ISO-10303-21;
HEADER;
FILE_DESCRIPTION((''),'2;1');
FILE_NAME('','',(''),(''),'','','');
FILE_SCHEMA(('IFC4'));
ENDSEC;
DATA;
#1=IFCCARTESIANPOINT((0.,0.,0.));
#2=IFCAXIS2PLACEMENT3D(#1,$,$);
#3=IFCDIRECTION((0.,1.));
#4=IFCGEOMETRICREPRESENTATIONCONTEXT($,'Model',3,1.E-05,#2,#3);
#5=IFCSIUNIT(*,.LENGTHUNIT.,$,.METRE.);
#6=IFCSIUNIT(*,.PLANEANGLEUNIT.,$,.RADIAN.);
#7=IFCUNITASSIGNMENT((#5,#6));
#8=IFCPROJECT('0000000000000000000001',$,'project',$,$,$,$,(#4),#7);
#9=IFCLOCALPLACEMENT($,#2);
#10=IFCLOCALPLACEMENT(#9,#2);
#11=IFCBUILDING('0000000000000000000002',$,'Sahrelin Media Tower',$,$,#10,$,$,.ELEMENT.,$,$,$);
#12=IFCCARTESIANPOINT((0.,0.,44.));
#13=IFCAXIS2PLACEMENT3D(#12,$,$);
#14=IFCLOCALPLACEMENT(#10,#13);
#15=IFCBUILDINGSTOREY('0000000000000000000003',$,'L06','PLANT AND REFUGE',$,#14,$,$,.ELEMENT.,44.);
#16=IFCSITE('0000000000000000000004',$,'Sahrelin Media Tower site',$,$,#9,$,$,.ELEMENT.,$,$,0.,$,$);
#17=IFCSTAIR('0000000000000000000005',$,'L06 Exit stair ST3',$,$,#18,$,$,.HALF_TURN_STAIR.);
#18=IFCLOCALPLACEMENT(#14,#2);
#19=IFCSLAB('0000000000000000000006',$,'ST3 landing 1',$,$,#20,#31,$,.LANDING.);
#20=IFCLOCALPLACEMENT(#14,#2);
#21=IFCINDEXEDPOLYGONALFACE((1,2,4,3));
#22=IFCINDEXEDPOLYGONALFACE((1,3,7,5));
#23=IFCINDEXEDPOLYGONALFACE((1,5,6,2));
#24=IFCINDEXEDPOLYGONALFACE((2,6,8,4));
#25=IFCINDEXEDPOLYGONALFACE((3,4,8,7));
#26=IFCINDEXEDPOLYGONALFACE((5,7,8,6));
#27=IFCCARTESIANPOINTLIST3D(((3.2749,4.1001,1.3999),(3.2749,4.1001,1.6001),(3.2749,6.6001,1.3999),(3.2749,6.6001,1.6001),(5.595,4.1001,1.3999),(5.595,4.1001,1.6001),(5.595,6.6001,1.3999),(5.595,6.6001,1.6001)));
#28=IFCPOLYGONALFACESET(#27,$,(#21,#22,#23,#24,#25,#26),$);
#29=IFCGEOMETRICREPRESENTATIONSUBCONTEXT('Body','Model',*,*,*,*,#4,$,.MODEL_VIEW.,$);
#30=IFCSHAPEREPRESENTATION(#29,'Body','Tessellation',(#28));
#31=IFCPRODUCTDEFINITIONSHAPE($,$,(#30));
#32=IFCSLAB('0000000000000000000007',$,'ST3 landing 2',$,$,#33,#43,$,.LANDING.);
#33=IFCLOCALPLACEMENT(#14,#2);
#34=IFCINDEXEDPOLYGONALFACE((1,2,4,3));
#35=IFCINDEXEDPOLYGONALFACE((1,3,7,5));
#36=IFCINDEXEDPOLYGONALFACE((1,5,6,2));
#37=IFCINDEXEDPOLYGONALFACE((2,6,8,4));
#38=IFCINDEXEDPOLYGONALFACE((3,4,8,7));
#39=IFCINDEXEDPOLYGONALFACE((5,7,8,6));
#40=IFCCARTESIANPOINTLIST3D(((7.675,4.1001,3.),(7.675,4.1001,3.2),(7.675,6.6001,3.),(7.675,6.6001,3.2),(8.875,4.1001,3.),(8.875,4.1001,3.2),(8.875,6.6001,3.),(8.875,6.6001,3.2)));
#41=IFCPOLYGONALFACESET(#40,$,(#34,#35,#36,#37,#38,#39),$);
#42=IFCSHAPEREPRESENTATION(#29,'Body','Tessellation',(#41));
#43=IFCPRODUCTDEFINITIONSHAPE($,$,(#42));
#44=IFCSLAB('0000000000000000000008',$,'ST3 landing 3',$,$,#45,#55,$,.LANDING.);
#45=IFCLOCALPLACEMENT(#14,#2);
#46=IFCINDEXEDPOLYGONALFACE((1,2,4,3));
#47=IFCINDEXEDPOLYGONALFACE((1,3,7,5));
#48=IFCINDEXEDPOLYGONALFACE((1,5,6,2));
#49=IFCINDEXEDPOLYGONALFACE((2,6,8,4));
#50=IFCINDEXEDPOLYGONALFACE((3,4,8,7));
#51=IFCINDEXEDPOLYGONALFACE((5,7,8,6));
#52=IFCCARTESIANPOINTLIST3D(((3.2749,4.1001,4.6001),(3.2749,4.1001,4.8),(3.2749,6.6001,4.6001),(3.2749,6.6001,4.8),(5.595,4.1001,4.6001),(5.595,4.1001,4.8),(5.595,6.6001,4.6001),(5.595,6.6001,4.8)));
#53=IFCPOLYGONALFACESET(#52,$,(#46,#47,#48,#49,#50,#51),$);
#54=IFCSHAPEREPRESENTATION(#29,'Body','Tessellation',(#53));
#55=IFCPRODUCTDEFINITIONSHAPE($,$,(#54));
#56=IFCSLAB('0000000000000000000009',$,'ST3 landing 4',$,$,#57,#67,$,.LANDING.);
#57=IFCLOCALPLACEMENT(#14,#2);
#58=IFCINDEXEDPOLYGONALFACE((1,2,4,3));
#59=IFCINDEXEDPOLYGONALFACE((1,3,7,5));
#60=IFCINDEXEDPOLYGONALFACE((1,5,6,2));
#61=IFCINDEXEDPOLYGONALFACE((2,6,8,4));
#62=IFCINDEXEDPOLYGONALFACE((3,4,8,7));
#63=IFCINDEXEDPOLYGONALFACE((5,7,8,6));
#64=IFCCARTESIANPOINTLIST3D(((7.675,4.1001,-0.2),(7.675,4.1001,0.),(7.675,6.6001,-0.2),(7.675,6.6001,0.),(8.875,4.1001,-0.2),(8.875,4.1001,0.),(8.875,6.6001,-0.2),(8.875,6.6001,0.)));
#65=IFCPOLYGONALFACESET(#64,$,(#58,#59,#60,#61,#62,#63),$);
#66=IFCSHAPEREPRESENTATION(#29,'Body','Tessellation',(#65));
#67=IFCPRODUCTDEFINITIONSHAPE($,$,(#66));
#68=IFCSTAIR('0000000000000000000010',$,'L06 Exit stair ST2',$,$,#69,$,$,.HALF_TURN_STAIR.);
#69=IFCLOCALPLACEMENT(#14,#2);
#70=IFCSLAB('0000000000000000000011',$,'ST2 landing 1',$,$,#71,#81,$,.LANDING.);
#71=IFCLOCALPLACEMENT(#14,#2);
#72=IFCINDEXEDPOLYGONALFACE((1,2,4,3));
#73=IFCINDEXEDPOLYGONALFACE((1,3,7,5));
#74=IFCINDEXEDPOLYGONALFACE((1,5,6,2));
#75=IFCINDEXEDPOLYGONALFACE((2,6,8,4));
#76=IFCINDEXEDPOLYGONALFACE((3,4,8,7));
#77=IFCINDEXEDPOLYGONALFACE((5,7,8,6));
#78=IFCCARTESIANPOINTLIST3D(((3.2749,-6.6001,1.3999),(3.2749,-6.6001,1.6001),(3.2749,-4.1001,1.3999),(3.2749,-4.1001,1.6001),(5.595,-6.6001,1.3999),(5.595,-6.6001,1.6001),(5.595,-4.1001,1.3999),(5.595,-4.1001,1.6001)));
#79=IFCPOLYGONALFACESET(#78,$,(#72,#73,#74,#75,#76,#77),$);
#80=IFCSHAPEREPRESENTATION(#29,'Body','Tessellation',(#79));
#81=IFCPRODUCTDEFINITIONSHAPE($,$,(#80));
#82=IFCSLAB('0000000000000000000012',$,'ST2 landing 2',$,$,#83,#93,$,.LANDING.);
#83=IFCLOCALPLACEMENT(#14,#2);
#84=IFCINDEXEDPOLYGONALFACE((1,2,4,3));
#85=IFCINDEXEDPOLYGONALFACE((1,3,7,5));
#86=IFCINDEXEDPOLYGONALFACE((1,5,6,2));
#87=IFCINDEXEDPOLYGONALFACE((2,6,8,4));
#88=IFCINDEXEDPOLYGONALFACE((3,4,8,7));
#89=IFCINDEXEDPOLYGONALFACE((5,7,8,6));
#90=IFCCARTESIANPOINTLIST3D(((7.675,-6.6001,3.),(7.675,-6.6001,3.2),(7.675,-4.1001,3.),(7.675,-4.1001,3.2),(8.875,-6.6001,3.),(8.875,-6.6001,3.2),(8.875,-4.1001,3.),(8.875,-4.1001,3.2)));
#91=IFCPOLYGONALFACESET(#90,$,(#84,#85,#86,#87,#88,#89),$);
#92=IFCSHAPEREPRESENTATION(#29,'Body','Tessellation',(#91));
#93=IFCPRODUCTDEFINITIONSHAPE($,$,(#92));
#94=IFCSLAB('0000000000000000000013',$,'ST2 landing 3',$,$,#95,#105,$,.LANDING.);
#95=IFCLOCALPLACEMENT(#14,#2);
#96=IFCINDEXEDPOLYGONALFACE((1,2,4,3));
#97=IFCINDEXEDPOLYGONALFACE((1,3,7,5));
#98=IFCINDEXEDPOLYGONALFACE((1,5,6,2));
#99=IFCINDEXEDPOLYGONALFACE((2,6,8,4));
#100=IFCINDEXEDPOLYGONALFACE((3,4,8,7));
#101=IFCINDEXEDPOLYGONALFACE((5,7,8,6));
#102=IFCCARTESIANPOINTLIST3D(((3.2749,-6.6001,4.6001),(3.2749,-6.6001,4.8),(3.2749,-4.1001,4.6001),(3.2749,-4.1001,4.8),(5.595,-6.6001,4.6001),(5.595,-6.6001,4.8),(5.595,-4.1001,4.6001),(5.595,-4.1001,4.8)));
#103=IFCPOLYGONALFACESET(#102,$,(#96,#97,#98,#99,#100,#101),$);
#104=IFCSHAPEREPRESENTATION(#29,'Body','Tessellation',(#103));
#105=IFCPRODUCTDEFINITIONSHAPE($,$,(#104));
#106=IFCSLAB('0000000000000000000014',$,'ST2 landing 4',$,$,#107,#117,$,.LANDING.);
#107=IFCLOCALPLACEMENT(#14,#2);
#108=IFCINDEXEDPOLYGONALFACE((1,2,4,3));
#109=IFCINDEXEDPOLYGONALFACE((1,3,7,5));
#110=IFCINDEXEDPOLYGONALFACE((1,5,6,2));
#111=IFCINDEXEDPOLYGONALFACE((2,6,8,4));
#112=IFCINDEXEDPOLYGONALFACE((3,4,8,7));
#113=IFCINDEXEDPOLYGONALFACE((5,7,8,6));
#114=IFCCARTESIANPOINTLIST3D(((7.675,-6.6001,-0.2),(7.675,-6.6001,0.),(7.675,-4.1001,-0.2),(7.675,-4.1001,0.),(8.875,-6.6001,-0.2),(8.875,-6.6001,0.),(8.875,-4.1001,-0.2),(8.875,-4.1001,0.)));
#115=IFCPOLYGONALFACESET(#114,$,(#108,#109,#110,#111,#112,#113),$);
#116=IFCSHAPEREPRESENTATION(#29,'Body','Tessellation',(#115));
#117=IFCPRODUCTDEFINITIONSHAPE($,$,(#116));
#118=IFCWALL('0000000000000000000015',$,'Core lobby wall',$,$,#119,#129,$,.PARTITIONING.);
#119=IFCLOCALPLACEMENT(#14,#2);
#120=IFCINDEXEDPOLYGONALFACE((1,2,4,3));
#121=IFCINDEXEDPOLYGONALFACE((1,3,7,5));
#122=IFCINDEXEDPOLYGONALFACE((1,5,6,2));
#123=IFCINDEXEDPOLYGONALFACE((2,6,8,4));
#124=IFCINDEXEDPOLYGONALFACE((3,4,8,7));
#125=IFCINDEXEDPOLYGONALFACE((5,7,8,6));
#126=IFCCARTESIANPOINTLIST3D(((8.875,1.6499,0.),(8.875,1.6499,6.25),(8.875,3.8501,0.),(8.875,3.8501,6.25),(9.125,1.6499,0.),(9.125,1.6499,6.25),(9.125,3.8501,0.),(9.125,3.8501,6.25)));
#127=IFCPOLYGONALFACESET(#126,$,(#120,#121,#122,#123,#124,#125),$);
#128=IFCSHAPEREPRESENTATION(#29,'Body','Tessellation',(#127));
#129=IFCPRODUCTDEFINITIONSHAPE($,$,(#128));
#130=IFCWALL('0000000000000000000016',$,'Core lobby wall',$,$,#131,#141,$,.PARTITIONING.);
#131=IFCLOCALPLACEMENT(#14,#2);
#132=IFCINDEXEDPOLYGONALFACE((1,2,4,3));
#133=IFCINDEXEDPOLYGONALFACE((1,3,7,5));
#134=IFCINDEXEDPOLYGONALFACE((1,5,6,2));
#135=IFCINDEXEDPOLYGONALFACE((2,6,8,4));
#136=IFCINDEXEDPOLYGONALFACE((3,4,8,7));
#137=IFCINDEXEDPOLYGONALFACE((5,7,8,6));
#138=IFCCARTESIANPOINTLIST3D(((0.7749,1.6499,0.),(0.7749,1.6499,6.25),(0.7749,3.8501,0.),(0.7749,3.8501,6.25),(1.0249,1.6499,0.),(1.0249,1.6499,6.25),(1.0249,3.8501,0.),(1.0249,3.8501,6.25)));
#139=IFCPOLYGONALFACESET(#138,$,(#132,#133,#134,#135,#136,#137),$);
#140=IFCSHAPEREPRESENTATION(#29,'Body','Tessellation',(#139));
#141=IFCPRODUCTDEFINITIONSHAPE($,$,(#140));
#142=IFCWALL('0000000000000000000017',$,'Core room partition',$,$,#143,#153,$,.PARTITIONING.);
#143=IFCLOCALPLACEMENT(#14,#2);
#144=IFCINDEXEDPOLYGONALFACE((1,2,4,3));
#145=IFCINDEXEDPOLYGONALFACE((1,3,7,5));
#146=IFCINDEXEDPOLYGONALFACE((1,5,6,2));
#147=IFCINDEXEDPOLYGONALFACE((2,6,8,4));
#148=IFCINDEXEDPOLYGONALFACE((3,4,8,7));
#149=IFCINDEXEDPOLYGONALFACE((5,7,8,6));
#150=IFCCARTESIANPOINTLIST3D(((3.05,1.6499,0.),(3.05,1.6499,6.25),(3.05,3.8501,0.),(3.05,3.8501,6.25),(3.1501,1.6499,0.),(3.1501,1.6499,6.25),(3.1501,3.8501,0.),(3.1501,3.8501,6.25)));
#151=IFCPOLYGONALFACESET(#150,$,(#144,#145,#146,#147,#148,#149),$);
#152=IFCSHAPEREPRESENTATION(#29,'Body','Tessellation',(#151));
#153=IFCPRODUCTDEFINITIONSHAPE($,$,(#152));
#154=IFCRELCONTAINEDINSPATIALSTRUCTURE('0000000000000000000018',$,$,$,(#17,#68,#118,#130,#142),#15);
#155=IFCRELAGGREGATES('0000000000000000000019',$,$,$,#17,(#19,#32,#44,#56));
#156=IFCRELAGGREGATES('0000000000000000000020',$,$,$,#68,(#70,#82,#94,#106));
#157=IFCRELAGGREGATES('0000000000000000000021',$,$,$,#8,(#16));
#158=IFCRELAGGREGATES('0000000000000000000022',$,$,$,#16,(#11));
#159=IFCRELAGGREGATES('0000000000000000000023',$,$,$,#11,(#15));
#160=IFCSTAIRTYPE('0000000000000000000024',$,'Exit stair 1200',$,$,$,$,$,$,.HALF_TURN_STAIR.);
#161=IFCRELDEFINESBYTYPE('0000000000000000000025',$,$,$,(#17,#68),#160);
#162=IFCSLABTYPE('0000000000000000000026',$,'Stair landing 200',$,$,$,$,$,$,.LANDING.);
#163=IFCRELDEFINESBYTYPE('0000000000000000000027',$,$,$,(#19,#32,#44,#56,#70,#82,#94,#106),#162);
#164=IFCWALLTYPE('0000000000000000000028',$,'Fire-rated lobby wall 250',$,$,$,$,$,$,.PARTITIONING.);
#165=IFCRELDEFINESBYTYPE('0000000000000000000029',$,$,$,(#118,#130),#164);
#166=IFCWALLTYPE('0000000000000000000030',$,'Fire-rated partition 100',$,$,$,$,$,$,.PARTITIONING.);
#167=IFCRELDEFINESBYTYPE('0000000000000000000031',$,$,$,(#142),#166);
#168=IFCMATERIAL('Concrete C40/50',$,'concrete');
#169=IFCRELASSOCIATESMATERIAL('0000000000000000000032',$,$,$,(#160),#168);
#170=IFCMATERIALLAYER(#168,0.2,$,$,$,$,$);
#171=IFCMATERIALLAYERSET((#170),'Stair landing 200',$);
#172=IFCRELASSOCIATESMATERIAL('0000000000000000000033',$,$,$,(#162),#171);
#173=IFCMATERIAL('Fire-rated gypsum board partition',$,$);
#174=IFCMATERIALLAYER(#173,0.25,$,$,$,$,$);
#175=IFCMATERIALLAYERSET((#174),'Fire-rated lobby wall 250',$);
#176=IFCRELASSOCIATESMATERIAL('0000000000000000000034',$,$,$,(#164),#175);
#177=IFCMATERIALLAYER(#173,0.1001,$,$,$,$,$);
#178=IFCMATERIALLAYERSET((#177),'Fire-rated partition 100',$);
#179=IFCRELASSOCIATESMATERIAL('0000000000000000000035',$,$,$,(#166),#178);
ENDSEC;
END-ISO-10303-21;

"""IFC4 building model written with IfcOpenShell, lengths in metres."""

from ifc_helpers import new_model, si_unit, direction, frame, frame_2d, origin, place, context, subcontext, project, spatial, polyline, rectangle, outline, extrude, material, layer, layer_set, type_object, element, aggregate, save


model = new_model("IFC4")

# Units and contexts
model_context = context("Model", 3, precision=1e-05, world=origin(), true_north=direction((0.0, 1.0)))
body_context = subcontext(model_context, "Body", "Model", "MODEL_VIEW")
ifc_project = project(units=[si_unit("LENGTHUNIT", "METRE"), si_unit("PLANEANGLEUNIT", "RADIAN")], contexts=[model_context])

# Site, building, storey
site_placement = place(None, origin())
site = spatial("IfcSite", under=ifc_project, at=site_placement, Name="Sahrelin Media Tower site", CompositionType="ELEMENT", RefElevation=0.0)
building_placement = place(site_placement, origin())
building = spatial("IfcBuilding", under=site, at=building_placement, Name="Sahrelin Media Tower", CompositionType="ELEMENT")
storey_placement = place(building_placement, frame((0.0, 0.0, 44.0)))
storey = spatial("IfcBuildingStorey", under=building, at=storey_placement, Name="L06", Description="PLANT AND REFUGE", CompositionType="ELEMENT", Elevation=44.0)

# Shared definitions
ifc_material_1 = material(Name="Concrete C40/50", Category="concrete")

# Stairs, slabs
stair_type = type_object("IfcStairType", Name="Exit stair 1200", PredefinedType="HALF_TURN_STAIR", material=ifc_material_1)
placement_1 = place(storey_placement, origin())
stair_1 = element("IfcStair", 1, at=placement_1, inside=storey, type_object=stair_type, Name="L06 Exit stair ST3", PredefinedType="HALF_TURN_STAIR")
ifc_layer_1 = layer(ifc_material_1, 0.2)
ifc_layer_set_1 = layer_set([ifc_layer_1], Name="Stair landing 200")
slab_type_1 = type_object("IfcSlabType", Name="Stair landing 200", PredefinedType="LANDING", material=ifc_layer_set_1)
placement_2 = place(storey_placement, frame((0.0, 0.0, 1.3999)))
slab_1 = element("IfcSlab", 2, at=placement_2, type_object=slab_type_1, Name="ST3 landing 1", PredefinedType="LANDING", context=body_context, shape_type="SweptSolid", body=[
    extrude(outline(polyline([(5.595, 6.6001), (3.2749, 6.6001), (3.2749, 4.1001), (5.595, 4.1001), (5.595, 6.6001)])), origin(), (0.0, 0.0, 1.0), 0.2002),
])
placement_3 = place(storey_placement, frame((0.0, 0.0, 3.0)))
slab_2 = element("IfcSlab", 3, at=placement_3, type_object=slab_type_1, Name="ST3 landing 2", PredefinedType="LANDING", context=body_context, shape_type="SweptSolid", body=[
    extrude(outline(polyline([(8.875, 6.6001), (7.675, 6.6001), (7.675, 4.1001), (8.875, 4.1001), (8.875, 6.6001)])), origin(), (0.0, 0.0, 1.0), 0.2),
])
placement_4 = place(storey_placement, frame((0.0, 0.0, 4.6001)))
slab_3 = element("IfcSlab", 4, at=placement_4, type_object=slab_type_1, Name="ST3 landing 3", PredefinedType="LANDING", context=body_context, shape_type="SweptSolid", body=[
    extrude(outline(polyline([(5.595, 6.6001), (3.2749, 6.6001), (3.2749, 4.1001), (5.595, 4.1001), (5.595, 6.6001)])), origin(), (0.0, 0.0, 1.0), 0.2),
])
placement_5 = place(storey_placement, frame((0.0, 0.0, -0.2)))
slab_4 = element("IfcSlab", 5, at=placement_5, type_object=slab_type_1, Name="ST3 landing 4", PredefinedType="LANDING", context=body_context, shape_type="SweptSolid", body=[
    extrude(outline(polyline([(8.875, 6.6001), (7.675, 6.6001), (7.675, 4.1001), (8.875, 4.1001), (8.875, 6.6001)])), origin(), (0.0, 0.0, 1.0), 0.2),
])
aggregate(stair_1, [slab_1, slab_2, slab_3, slab_4])
stair_2 = element("IfcStair", 6, at=placement_1, inside=storey, type_object=stair_type, Name="L06 Exit stair ST2", PredefinedType="HALF_TURN_STAIR")
slab_5 = element("IfcSlab", 7, at=placement_2, type_object=slab_type_1, Name="ST2 landing 1", PredefinedType="LANDING", context=body_context, shape_type="SweptSolid", body=[
    extrude(outline(polyline([(5.595, -4.1001), (3.2749, -4.1001), (3.2749, -6.6001), (5.595, -6.6001), (5.595, -4.1001)])), origin(), (0.0, 0.0, 1.0), 0.2002),
])
slab_6 = element("IfcSlab", 8, at=placement_3, type_object=slab_type_1, Name="ST2 landing 2", PredefinedType="LANDING", context=body_context, shape_type="SweptSolid", body=[
    extrude(outline(polyline([(8.875, -4.1001), (7.675, -4.1001), (7.675, -6.6001), (8.875, -6.6001), (8.875, -4.1001)])), origin(), (0.0, 0.0, 1.0), 0.2),
])
slab_7 = element("IfcSlab", 9, at=placement_4, type_object=slab_type_1, Name="ST2 landing 3", PredefinedType="LANDING", context=body_context, shape_type="SweptSolid", body=[
    extrude(outline(polyline([(5.595, -4.1001), (3.2749, -4.1001), (3.2749, -6.6001), (5.595, -6.6001), (5.595, -4.1001)])), origin(), (0.0, 0.0, 1.0), 0.2),
])
slab_8 = element("IfcSlab", 10, at=placement_5, type_object=slab_type_1, Name="ST2 landing 4", PredefinedType="LANDING", context=body_context, shape_type="SweptSolid", body=[
    extrude(outline(polyline([(8.875, -4.1001), (7.675, -4.1001), (7.675, -6.6001), (8.875, -6.6001), (8.875, -4.1001)])), origin(), (0.0, 0.0, 1.0), 0.2),
])
aggregate(stair_2, [slab_5, slab_6, slab_7, slab_8])

# Walls
ifc_material_2 = material(Name="Fire-rated gypsum board partition")
ifc_layer_2 = layer(ifc_material_2, 0.25)
ifc_layer_set_2 = layer_set([ifc_layer_2], Name="Fire-rated lobby wall 250")
wall_type_1 = type_object("IfcWallType", Name="Fire-rated lobby wall 250", PredefinedType="PARTITIONING", material=ifc_layer_set_2)
for number, where, z_axis, x_axis, name in (
    (11, (9.0, 1.6499, 0.0), (0.0, 0.0, 1.0), (0.0, 1.0, 0.0), "Core lobby wall"),
    (12, (0.8999, 1.6499, 0.0), (0.0, 0.0, 1.0), (0.0, 1.0, 0.0), "Core lobby wall"),
):
    element("IfcWall", number, at=place(storey_placement, frame(where, z_axis=z_axis, x_axis=x_axis)), inside=storey, type_object=wall_type_1, Name=name, PredefinedType="PARTITIONING", context=body_context, shape_type="SweptSolid", body=[
        extrude(rectangle(XDim=2.2002, YDim=0.25, at=frame_2d((1.1001, 0.0))), origin(), (0.0, 0.0, 1.0), 6.25),
    ])
ifc_layer_3 = layer(ifc_material_2, 0.1001)
ifc_layer_set_3 = layer_set([ifc_layer_3], Name="Fire-rated partition 100")
wall_type_2 = type_object("IfcWallType", Name="Fire-rated partition 100", PredefinedType="PARTITIONING", material=ifc_layer_set_3)
wall_1_placement = place(storey_placement, frame((3.1001, 1.6499, 0.0), z_axis=(0.0, 0.0, 1.0), x_axis=(0.0, 1.0, 0.0)))
element("IfcWall", 13, at=wall_1_placement, inside=storey, type_object=wall_type_2, Name="Core room partition", PredefinedType="PARTITIONING", context=body_context, shape_type="SweptSolid", body=[
    extrude(rectangle(XDim=2.2002, YDim=0.1001, at=frame_2d((1.1001, 0.0))), origin(), (0.0, 0.0, 1.0), 6.25),
])

save(model, "model.ifc")
